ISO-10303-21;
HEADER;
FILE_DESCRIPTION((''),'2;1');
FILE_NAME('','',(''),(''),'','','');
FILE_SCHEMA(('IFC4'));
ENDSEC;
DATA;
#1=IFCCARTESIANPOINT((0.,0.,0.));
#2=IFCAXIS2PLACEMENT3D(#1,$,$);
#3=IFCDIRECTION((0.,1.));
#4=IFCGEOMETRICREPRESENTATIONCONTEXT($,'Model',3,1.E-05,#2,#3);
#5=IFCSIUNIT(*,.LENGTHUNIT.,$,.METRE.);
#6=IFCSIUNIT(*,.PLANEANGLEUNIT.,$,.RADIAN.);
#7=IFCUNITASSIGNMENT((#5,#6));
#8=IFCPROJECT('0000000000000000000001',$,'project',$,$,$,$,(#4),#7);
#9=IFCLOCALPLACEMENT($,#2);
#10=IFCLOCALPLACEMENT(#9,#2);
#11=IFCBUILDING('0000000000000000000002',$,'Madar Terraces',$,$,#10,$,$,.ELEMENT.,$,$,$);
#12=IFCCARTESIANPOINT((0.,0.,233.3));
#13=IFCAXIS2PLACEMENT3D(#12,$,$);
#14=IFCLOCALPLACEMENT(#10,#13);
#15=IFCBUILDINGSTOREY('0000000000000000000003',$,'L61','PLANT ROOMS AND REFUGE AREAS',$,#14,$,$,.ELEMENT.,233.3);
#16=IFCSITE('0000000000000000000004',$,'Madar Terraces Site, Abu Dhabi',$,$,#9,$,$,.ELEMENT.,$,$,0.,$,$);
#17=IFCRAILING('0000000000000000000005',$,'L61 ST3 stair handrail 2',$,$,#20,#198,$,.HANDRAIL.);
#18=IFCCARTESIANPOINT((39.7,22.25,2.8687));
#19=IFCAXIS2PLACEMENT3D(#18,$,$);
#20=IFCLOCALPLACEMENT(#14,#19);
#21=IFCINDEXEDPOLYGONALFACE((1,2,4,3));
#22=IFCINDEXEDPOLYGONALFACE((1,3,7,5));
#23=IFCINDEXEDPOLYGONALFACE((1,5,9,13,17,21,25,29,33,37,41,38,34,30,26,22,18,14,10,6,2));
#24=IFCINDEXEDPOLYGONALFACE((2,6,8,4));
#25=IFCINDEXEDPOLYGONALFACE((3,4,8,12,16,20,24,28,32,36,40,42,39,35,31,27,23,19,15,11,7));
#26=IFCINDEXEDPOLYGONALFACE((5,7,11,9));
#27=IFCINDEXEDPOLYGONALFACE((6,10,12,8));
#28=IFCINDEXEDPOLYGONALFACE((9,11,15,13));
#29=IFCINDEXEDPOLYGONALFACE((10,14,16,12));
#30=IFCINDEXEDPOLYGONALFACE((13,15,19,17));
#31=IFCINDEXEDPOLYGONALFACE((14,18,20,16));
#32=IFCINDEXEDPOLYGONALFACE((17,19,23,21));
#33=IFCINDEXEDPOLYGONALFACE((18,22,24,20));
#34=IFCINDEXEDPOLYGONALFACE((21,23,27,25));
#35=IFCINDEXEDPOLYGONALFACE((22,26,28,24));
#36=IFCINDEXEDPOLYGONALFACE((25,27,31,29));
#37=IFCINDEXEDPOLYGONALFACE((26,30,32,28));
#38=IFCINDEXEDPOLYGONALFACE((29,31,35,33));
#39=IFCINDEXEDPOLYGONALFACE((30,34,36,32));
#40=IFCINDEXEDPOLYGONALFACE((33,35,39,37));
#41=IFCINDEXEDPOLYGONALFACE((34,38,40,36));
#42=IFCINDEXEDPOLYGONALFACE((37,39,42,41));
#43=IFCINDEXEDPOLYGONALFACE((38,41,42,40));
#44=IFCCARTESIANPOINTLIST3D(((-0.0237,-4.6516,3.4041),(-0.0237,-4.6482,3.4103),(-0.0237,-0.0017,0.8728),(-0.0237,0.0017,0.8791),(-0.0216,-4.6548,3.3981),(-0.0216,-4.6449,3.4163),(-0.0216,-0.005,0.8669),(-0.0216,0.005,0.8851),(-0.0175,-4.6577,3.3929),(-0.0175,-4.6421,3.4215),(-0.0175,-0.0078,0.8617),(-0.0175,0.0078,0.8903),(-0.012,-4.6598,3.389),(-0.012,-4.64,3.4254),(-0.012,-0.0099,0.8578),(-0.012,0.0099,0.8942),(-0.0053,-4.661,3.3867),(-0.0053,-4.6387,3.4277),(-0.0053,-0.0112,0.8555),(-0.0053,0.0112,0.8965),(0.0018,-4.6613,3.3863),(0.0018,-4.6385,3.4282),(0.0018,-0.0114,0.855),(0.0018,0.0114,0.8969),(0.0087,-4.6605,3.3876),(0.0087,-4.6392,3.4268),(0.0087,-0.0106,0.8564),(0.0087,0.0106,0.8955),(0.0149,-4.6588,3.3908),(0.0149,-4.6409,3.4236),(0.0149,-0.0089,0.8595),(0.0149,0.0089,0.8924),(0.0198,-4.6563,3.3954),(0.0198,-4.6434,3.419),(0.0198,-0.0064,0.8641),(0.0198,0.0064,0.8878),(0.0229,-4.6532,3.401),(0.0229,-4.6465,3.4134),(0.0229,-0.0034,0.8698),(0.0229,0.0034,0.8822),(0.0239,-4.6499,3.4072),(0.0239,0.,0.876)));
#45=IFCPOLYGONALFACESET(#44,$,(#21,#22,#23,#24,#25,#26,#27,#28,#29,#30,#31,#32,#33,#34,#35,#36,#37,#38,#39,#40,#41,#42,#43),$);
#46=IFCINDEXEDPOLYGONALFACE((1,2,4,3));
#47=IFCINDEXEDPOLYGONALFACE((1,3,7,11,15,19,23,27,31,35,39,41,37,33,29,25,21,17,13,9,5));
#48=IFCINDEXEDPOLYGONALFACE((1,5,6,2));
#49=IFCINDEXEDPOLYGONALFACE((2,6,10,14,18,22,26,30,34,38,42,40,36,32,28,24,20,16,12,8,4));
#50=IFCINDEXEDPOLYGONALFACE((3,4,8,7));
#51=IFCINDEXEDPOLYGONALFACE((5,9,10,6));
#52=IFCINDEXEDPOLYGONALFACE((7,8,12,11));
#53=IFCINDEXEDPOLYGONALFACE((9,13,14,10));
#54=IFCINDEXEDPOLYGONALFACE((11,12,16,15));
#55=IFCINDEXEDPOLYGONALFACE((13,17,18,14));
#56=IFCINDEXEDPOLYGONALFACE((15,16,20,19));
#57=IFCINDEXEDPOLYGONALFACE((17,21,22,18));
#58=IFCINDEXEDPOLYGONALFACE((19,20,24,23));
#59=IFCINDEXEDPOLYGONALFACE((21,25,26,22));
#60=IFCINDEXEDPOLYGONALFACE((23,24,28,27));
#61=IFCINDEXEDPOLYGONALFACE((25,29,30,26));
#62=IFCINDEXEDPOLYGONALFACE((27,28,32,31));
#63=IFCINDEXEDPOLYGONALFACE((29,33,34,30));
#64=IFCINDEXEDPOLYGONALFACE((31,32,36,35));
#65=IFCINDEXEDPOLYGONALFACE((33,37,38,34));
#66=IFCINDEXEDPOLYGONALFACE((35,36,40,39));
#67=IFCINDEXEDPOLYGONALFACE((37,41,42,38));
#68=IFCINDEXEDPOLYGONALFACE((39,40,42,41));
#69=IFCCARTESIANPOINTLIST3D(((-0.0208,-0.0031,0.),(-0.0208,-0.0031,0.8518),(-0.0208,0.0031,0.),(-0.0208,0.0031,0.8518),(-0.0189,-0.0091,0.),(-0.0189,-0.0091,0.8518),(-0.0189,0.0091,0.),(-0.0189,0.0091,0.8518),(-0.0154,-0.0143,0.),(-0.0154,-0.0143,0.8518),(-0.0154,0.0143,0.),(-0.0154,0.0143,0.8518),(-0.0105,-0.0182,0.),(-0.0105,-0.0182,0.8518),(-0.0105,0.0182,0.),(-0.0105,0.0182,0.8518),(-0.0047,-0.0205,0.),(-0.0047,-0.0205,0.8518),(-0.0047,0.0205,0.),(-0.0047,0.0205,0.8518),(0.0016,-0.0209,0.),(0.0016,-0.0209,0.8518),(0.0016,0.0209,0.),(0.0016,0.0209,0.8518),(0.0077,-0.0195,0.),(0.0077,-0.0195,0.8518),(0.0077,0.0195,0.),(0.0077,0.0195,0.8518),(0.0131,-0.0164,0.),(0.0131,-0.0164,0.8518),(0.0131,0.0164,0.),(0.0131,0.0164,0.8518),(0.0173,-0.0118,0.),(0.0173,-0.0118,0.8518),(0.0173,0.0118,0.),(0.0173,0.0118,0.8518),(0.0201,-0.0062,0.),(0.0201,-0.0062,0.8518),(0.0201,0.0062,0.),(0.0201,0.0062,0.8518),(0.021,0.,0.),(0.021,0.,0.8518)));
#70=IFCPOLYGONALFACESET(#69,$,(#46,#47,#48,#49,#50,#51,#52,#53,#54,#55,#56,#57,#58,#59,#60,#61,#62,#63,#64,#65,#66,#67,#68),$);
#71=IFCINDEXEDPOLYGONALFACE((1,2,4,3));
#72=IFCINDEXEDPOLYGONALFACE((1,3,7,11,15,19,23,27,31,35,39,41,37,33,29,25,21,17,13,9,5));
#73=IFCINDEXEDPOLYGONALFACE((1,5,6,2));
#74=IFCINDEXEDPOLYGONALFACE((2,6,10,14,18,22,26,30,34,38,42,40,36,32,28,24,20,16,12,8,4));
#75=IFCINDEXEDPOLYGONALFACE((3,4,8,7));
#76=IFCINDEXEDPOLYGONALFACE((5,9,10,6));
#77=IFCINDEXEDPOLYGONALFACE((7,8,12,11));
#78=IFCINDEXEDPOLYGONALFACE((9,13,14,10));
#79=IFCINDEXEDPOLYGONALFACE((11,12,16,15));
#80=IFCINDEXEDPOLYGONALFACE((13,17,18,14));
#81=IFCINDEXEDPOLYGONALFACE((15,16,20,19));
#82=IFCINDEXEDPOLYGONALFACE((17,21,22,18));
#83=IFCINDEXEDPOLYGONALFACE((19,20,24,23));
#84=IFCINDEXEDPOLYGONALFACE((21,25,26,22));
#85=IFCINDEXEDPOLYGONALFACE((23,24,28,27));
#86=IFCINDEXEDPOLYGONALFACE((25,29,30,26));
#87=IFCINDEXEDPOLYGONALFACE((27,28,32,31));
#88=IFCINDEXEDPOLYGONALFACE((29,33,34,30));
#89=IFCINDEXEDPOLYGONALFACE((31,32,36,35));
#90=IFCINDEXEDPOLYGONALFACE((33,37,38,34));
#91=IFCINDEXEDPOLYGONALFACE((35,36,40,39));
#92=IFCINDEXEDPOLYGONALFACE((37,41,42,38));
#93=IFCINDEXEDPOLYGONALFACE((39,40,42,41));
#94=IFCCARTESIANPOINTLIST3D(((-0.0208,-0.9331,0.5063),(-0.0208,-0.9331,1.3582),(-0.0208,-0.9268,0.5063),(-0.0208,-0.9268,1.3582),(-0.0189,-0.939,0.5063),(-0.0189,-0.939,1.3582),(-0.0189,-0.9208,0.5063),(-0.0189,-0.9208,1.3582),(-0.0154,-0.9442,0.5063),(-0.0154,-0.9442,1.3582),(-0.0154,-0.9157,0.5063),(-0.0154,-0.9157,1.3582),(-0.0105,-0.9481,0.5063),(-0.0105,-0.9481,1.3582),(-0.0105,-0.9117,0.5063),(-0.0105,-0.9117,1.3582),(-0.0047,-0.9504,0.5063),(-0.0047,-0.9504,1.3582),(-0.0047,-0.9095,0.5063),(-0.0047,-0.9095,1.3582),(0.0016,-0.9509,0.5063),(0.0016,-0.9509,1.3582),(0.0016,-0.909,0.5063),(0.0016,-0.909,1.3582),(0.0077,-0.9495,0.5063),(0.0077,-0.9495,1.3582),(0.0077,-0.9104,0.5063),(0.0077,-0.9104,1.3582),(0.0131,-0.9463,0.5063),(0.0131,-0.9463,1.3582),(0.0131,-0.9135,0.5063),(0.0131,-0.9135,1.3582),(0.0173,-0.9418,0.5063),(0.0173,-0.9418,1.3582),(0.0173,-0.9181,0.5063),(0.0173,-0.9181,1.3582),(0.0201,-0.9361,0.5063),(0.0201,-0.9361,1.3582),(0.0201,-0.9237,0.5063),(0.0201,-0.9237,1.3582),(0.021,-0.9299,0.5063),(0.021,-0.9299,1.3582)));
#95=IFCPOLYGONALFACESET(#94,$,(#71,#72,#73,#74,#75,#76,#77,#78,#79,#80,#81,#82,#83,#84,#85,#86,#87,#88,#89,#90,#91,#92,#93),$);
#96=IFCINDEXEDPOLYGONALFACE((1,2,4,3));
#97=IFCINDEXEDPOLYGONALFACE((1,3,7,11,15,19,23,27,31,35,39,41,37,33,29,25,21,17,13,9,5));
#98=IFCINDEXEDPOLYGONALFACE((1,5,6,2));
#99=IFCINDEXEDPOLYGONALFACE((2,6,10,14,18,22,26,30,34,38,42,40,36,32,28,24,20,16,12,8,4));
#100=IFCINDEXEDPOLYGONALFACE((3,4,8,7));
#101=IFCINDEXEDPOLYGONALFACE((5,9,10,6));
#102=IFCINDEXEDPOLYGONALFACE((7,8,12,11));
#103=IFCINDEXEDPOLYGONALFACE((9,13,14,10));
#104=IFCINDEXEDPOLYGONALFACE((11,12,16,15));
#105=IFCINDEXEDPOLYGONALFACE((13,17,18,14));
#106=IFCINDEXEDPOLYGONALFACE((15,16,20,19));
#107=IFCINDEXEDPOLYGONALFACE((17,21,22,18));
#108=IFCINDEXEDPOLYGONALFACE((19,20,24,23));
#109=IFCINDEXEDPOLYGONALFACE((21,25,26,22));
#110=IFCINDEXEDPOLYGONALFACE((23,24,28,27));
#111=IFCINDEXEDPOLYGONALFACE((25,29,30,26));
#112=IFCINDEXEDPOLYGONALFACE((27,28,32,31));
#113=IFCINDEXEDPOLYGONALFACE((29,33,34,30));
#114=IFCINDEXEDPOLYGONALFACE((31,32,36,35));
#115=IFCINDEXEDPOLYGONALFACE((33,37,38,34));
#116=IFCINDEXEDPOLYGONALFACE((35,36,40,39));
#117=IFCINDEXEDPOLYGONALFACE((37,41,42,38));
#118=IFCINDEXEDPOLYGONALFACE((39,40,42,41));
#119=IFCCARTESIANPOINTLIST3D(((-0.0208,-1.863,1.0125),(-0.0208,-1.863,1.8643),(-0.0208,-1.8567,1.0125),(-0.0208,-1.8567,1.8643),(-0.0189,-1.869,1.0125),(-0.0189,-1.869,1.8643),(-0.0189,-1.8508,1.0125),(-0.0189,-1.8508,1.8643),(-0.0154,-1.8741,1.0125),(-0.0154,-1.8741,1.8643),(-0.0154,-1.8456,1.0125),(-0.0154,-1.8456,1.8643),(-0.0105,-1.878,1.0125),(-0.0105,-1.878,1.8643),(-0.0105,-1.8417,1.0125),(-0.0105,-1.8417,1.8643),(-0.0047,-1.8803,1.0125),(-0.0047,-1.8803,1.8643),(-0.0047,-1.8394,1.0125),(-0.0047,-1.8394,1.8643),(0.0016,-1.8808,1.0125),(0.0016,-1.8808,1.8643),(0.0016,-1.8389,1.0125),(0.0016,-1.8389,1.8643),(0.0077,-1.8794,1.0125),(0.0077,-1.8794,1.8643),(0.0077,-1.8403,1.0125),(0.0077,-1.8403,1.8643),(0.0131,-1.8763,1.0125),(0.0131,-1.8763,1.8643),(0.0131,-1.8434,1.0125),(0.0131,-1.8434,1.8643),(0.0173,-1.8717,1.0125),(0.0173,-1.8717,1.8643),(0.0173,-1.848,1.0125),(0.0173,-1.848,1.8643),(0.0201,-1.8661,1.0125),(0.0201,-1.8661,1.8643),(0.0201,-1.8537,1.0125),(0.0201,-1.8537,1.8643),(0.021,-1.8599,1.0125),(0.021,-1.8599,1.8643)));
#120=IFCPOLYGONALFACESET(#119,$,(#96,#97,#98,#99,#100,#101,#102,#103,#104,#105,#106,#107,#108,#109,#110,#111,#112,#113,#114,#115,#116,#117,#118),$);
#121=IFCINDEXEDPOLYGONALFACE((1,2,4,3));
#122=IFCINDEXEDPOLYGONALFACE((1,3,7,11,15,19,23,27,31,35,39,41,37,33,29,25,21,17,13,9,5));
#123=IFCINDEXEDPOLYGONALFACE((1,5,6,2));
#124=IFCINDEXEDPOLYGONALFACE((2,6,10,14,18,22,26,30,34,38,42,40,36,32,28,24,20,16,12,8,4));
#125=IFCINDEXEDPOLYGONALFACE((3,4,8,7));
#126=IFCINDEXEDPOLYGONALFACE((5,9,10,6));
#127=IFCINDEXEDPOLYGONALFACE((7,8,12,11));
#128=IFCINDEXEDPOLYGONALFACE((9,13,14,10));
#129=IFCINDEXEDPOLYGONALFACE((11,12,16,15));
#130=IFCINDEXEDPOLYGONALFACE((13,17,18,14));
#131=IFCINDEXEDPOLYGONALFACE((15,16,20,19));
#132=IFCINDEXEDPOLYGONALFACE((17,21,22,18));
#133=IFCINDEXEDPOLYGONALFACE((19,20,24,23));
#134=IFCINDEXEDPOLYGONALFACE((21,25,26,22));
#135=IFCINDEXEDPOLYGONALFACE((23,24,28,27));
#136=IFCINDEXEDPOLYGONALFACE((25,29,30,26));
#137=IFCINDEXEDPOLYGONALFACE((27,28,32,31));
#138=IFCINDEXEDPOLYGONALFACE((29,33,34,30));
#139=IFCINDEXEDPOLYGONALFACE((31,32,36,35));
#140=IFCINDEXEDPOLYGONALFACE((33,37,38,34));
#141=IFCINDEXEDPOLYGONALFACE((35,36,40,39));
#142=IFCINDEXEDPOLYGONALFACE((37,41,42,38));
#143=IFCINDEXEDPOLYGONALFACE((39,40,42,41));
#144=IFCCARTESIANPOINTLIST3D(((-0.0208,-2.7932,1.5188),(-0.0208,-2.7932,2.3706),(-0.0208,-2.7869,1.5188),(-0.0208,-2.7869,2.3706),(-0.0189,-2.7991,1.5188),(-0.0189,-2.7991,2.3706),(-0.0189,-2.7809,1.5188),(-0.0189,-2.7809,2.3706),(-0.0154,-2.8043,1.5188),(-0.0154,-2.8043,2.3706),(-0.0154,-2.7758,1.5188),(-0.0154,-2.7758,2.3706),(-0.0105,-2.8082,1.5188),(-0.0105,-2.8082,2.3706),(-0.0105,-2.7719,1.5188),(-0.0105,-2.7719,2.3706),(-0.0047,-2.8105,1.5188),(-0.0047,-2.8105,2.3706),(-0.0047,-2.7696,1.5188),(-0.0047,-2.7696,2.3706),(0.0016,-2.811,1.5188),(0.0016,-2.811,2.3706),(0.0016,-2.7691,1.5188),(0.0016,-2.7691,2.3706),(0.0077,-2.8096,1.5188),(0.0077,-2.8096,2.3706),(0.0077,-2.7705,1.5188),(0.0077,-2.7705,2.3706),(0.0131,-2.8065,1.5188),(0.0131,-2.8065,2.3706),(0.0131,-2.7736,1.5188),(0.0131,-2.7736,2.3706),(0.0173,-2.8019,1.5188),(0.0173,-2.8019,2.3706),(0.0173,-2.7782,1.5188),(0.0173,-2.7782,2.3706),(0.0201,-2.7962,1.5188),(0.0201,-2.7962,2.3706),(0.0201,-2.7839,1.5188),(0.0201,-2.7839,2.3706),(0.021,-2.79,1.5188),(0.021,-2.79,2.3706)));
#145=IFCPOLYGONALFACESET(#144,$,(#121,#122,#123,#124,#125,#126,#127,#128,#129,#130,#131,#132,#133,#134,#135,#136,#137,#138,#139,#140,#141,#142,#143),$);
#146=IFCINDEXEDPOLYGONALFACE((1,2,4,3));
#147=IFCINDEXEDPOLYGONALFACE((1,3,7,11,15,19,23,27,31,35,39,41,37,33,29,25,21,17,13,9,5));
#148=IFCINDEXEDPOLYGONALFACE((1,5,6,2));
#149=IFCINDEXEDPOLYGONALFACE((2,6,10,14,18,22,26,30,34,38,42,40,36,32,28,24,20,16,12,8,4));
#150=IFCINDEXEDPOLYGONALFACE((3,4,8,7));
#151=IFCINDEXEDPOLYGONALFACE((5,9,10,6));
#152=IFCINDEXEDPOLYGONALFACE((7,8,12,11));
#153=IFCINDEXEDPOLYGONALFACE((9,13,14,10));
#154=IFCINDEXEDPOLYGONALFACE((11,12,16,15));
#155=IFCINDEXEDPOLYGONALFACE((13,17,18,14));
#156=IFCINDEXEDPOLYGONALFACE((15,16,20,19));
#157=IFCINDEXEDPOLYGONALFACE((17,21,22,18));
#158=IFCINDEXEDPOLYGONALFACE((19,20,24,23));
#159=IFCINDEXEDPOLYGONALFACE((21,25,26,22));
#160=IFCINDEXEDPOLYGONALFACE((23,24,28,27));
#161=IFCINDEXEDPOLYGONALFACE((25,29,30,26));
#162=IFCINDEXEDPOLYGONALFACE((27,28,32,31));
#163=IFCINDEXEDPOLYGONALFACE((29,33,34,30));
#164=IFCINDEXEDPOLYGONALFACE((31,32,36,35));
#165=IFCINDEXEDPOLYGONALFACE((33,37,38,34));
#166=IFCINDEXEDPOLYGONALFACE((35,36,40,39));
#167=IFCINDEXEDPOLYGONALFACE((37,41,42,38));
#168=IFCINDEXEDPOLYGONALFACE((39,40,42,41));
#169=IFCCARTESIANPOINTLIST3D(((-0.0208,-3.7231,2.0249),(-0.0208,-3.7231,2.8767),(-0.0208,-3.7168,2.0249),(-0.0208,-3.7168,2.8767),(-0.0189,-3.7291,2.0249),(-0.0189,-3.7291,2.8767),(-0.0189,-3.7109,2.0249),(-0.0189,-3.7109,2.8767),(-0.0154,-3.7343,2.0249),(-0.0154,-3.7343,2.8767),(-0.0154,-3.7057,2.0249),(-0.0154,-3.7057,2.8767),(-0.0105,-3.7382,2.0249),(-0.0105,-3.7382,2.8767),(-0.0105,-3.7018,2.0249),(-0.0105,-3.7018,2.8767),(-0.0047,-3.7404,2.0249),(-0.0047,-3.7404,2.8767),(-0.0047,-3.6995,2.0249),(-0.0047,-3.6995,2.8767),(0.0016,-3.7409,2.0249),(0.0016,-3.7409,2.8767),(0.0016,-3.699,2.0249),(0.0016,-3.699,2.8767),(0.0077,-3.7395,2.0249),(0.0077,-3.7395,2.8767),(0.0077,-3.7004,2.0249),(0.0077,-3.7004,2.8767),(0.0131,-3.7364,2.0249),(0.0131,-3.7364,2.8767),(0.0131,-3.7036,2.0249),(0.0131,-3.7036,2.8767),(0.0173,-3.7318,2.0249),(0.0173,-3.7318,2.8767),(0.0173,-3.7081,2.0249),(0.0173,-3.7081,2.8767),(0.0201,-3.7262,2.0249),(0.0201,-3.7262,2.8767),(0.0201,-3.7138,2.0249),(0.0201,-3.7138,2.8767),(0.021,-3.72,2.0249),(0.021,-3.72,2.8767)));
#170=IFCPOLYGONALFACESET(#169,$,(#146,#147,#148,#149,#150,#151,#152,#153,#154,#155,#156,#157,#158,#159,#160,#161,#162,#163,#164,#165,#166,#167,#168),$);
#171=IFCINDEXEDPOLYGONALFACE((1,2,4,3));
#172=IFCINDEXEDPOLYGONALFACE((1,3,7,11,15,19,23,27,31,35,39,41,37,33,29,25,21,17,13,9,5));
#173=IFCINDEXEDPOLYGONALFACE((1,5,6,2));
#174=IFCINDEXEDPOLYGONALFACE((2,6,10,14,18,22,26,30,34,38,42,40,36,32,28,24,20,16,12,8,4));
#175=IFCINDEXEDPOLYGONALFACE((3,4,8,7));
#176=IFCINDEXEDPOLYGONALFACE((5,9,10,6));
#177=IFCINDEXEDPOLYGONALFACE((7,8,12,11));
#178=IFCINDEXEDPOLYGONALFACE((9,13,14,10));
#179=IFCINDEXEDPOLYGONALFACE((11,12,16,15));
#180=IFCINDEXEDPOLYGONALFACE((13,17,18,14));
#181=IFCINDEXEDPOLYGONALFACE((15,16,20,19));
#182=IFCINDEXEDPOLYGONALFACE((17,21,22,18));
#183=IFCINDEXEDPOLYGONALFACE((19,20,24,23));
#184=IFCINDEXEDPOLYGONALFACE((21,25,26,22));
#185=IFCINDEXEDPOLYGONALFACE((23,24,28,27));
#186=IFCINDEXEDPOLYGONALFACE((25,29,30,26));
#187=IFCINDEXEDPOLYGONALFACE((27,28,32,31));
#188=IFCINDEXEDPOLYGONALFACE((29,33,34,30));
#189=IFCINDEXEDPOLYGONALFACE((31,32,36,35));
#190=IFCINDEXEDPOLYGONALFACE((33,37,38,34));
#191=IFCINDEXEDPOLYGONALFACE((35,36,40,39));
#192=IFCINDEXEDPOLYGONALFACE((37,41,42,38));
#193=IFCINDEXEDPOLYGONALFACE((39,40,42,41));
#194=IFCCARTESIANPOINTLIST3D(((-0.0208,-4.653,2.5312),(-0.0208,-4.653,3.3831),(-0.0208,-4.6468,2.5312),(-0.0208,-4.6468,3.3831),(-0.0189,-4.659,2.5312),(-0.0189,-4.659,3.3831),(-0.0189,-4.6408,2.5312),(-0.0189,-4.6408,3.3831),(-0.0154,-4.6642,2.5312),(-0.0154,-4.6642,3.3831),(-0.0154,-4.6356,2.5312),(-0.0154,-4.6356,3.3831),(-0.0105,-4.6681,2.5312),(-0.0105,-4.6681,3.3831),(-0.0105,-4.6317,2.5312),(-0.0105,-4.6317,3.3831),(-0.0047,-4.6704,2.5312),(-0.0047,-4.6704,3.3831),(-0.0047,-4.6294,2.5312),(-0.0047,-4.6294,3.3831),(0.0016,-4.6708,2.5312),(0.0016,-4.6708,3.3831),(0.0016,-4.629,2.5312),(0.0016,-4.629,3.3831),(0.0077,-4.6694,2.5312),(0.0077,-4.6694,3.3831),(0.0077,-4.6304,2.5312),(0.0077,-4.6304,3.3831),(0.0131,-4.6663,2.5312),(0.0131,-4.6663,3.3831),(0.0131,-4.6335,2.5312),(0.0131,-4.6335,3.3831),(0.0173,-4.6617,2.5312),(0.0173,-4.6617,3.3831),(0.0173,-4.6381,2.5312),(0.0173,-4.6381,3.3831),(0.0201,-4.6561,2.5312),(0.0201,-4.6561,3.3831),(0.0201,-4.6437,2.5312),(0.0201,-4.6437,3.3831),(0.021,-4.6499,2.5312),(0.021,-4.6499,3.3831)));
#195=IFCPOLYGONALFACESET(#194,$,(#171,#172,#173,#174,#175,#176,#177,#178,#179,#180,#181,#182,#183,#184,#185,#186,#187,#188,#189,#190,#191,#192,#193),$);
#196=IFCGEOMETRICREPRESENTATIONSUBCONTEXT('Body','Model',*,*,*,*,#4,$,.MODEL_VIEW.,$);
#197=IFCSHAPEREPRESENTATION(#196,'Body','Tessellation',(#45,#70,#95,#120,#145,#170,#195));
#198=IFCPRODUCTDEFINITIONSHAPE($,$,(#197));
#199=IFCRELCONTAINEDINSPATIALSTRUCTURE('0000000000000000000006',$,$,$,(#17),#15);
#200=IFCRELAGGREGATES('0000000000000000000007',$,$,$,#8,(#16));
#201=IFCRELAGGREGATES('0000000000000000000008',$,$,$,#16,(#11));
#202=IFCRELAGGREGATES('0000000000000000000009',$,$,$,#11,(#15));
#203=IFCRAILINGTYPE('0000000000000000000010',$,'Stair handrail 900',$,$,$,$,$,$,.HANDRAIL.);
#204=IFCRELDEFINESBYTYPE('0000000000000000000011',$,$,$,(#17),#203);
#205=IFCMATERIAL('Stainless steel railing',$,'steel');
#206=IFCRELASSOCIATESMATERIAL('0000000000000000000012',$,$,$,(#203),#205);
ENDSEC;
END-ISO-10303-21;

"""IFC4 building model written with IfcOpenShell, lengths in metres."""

from ifc_helpers import new_model, si_unit, direction, frame, origin, origin_2d, place, context, subcontext, project, spatial, circle, extrude, material, type_object, element, save


model = new_model("IFC4")

# Units and contexts
model_context = context("Model", 3, precision=1e-05, world=origin(), true_north=direction((0.0, 1.0)))
body_context = subcontext(model_context, "Body", "Model", "MODEL_VIEW")
ifc_project = project(units=[si_unit("LENGTHUNIT", "METRE"), si_unit("PLANEANGLEUNIT", "RADIAN")], contexts=[model_context])

# Site, building, storey
site_placement = place(None, origin())
site = spatial("IfcSite", under=ifc_project, at=site_placement, Name="Madar Terraces Site, Abu Dhabi", CompositionType="ELEMENT", RefElevation=0.0)
building_placement = place(site_placement, origin())
building = spatial("IfcBuilding", under=site, at=building_placement, Name="Madar Terraces", CompositionType="ELEMENT")
storey_placement = place(building_placement, frame((0.0, 0.0, 233.3)))
storey = spatial("IfcBuildingStorey", under=building, at=storey_placement, Name="L61", Description="PLANT ROOMS AND REFUGE AREAS", CompositionType="ELEMENT", Elevation=233.3)

# Railing
ifc_material_1 = material(Name="Stainless steel railing", Category="steel")
railing_type_1 = type_object("IfcRailingType", Name="Stair handrail 900", PredefinedType="HANDRAIL", material=ifc_material_1)
railing_1_placement = place(storey_placement, frame((39.7, 22.25, 2.8687)))
element("IfcRailing", 1, at=railing_1_placement, inside=storey, type_object=railing_type_1, Name="L61 ST3 stair handrail 2", PredefinedType="HANDRAIL", context=body_context, shape_type="SweptSolid", body=[
    extrude(circle(Radius=0.0239, at=origin_2d()), frame((0.0, 0.0, 0.876), z_axis=(0.0, -0.878297, 0.478115), x_axis=(1.0, 0.0, 0.0)), (0.0, 0.0, 1.0), 5.2942),
    extrude(circle(Radius=0.021, at=origin_2d()), origin(), (0.0, 0.0, 1.0), 0.8518),
    extrude(circle(Radius=0.021, at=origin_2d()), frame((0.0, -0.9299, 0.5063)), (0.0, 0.0, 1.0), 0.8518),
    extrude(circle(Radius=0.021, at=origin_2d()), frame((0.0, -1.8599, 1.0125)), (0.0, 0.0, 1.0), 0.8518),
    extrude(circle(Radius=0.021, at=origin_2d()), frame((0.0, -2.79, 1.5188)), (0.0, 0.0, 1.0), 0.8518),
    extrude(circle(Radius=0.021, at=origin_2d()), frame((0.0, -3.72, 2.0249)), (0.0, 0.0, 1.0), 0.8518),
    extrude(circle(Radius=0.021, at=origin_2d()), frame((0.0, -4.6499, 2.5312)), (0.0, 0.0, 1.0), 0.8518),
])

save(model, "model.ifc")
